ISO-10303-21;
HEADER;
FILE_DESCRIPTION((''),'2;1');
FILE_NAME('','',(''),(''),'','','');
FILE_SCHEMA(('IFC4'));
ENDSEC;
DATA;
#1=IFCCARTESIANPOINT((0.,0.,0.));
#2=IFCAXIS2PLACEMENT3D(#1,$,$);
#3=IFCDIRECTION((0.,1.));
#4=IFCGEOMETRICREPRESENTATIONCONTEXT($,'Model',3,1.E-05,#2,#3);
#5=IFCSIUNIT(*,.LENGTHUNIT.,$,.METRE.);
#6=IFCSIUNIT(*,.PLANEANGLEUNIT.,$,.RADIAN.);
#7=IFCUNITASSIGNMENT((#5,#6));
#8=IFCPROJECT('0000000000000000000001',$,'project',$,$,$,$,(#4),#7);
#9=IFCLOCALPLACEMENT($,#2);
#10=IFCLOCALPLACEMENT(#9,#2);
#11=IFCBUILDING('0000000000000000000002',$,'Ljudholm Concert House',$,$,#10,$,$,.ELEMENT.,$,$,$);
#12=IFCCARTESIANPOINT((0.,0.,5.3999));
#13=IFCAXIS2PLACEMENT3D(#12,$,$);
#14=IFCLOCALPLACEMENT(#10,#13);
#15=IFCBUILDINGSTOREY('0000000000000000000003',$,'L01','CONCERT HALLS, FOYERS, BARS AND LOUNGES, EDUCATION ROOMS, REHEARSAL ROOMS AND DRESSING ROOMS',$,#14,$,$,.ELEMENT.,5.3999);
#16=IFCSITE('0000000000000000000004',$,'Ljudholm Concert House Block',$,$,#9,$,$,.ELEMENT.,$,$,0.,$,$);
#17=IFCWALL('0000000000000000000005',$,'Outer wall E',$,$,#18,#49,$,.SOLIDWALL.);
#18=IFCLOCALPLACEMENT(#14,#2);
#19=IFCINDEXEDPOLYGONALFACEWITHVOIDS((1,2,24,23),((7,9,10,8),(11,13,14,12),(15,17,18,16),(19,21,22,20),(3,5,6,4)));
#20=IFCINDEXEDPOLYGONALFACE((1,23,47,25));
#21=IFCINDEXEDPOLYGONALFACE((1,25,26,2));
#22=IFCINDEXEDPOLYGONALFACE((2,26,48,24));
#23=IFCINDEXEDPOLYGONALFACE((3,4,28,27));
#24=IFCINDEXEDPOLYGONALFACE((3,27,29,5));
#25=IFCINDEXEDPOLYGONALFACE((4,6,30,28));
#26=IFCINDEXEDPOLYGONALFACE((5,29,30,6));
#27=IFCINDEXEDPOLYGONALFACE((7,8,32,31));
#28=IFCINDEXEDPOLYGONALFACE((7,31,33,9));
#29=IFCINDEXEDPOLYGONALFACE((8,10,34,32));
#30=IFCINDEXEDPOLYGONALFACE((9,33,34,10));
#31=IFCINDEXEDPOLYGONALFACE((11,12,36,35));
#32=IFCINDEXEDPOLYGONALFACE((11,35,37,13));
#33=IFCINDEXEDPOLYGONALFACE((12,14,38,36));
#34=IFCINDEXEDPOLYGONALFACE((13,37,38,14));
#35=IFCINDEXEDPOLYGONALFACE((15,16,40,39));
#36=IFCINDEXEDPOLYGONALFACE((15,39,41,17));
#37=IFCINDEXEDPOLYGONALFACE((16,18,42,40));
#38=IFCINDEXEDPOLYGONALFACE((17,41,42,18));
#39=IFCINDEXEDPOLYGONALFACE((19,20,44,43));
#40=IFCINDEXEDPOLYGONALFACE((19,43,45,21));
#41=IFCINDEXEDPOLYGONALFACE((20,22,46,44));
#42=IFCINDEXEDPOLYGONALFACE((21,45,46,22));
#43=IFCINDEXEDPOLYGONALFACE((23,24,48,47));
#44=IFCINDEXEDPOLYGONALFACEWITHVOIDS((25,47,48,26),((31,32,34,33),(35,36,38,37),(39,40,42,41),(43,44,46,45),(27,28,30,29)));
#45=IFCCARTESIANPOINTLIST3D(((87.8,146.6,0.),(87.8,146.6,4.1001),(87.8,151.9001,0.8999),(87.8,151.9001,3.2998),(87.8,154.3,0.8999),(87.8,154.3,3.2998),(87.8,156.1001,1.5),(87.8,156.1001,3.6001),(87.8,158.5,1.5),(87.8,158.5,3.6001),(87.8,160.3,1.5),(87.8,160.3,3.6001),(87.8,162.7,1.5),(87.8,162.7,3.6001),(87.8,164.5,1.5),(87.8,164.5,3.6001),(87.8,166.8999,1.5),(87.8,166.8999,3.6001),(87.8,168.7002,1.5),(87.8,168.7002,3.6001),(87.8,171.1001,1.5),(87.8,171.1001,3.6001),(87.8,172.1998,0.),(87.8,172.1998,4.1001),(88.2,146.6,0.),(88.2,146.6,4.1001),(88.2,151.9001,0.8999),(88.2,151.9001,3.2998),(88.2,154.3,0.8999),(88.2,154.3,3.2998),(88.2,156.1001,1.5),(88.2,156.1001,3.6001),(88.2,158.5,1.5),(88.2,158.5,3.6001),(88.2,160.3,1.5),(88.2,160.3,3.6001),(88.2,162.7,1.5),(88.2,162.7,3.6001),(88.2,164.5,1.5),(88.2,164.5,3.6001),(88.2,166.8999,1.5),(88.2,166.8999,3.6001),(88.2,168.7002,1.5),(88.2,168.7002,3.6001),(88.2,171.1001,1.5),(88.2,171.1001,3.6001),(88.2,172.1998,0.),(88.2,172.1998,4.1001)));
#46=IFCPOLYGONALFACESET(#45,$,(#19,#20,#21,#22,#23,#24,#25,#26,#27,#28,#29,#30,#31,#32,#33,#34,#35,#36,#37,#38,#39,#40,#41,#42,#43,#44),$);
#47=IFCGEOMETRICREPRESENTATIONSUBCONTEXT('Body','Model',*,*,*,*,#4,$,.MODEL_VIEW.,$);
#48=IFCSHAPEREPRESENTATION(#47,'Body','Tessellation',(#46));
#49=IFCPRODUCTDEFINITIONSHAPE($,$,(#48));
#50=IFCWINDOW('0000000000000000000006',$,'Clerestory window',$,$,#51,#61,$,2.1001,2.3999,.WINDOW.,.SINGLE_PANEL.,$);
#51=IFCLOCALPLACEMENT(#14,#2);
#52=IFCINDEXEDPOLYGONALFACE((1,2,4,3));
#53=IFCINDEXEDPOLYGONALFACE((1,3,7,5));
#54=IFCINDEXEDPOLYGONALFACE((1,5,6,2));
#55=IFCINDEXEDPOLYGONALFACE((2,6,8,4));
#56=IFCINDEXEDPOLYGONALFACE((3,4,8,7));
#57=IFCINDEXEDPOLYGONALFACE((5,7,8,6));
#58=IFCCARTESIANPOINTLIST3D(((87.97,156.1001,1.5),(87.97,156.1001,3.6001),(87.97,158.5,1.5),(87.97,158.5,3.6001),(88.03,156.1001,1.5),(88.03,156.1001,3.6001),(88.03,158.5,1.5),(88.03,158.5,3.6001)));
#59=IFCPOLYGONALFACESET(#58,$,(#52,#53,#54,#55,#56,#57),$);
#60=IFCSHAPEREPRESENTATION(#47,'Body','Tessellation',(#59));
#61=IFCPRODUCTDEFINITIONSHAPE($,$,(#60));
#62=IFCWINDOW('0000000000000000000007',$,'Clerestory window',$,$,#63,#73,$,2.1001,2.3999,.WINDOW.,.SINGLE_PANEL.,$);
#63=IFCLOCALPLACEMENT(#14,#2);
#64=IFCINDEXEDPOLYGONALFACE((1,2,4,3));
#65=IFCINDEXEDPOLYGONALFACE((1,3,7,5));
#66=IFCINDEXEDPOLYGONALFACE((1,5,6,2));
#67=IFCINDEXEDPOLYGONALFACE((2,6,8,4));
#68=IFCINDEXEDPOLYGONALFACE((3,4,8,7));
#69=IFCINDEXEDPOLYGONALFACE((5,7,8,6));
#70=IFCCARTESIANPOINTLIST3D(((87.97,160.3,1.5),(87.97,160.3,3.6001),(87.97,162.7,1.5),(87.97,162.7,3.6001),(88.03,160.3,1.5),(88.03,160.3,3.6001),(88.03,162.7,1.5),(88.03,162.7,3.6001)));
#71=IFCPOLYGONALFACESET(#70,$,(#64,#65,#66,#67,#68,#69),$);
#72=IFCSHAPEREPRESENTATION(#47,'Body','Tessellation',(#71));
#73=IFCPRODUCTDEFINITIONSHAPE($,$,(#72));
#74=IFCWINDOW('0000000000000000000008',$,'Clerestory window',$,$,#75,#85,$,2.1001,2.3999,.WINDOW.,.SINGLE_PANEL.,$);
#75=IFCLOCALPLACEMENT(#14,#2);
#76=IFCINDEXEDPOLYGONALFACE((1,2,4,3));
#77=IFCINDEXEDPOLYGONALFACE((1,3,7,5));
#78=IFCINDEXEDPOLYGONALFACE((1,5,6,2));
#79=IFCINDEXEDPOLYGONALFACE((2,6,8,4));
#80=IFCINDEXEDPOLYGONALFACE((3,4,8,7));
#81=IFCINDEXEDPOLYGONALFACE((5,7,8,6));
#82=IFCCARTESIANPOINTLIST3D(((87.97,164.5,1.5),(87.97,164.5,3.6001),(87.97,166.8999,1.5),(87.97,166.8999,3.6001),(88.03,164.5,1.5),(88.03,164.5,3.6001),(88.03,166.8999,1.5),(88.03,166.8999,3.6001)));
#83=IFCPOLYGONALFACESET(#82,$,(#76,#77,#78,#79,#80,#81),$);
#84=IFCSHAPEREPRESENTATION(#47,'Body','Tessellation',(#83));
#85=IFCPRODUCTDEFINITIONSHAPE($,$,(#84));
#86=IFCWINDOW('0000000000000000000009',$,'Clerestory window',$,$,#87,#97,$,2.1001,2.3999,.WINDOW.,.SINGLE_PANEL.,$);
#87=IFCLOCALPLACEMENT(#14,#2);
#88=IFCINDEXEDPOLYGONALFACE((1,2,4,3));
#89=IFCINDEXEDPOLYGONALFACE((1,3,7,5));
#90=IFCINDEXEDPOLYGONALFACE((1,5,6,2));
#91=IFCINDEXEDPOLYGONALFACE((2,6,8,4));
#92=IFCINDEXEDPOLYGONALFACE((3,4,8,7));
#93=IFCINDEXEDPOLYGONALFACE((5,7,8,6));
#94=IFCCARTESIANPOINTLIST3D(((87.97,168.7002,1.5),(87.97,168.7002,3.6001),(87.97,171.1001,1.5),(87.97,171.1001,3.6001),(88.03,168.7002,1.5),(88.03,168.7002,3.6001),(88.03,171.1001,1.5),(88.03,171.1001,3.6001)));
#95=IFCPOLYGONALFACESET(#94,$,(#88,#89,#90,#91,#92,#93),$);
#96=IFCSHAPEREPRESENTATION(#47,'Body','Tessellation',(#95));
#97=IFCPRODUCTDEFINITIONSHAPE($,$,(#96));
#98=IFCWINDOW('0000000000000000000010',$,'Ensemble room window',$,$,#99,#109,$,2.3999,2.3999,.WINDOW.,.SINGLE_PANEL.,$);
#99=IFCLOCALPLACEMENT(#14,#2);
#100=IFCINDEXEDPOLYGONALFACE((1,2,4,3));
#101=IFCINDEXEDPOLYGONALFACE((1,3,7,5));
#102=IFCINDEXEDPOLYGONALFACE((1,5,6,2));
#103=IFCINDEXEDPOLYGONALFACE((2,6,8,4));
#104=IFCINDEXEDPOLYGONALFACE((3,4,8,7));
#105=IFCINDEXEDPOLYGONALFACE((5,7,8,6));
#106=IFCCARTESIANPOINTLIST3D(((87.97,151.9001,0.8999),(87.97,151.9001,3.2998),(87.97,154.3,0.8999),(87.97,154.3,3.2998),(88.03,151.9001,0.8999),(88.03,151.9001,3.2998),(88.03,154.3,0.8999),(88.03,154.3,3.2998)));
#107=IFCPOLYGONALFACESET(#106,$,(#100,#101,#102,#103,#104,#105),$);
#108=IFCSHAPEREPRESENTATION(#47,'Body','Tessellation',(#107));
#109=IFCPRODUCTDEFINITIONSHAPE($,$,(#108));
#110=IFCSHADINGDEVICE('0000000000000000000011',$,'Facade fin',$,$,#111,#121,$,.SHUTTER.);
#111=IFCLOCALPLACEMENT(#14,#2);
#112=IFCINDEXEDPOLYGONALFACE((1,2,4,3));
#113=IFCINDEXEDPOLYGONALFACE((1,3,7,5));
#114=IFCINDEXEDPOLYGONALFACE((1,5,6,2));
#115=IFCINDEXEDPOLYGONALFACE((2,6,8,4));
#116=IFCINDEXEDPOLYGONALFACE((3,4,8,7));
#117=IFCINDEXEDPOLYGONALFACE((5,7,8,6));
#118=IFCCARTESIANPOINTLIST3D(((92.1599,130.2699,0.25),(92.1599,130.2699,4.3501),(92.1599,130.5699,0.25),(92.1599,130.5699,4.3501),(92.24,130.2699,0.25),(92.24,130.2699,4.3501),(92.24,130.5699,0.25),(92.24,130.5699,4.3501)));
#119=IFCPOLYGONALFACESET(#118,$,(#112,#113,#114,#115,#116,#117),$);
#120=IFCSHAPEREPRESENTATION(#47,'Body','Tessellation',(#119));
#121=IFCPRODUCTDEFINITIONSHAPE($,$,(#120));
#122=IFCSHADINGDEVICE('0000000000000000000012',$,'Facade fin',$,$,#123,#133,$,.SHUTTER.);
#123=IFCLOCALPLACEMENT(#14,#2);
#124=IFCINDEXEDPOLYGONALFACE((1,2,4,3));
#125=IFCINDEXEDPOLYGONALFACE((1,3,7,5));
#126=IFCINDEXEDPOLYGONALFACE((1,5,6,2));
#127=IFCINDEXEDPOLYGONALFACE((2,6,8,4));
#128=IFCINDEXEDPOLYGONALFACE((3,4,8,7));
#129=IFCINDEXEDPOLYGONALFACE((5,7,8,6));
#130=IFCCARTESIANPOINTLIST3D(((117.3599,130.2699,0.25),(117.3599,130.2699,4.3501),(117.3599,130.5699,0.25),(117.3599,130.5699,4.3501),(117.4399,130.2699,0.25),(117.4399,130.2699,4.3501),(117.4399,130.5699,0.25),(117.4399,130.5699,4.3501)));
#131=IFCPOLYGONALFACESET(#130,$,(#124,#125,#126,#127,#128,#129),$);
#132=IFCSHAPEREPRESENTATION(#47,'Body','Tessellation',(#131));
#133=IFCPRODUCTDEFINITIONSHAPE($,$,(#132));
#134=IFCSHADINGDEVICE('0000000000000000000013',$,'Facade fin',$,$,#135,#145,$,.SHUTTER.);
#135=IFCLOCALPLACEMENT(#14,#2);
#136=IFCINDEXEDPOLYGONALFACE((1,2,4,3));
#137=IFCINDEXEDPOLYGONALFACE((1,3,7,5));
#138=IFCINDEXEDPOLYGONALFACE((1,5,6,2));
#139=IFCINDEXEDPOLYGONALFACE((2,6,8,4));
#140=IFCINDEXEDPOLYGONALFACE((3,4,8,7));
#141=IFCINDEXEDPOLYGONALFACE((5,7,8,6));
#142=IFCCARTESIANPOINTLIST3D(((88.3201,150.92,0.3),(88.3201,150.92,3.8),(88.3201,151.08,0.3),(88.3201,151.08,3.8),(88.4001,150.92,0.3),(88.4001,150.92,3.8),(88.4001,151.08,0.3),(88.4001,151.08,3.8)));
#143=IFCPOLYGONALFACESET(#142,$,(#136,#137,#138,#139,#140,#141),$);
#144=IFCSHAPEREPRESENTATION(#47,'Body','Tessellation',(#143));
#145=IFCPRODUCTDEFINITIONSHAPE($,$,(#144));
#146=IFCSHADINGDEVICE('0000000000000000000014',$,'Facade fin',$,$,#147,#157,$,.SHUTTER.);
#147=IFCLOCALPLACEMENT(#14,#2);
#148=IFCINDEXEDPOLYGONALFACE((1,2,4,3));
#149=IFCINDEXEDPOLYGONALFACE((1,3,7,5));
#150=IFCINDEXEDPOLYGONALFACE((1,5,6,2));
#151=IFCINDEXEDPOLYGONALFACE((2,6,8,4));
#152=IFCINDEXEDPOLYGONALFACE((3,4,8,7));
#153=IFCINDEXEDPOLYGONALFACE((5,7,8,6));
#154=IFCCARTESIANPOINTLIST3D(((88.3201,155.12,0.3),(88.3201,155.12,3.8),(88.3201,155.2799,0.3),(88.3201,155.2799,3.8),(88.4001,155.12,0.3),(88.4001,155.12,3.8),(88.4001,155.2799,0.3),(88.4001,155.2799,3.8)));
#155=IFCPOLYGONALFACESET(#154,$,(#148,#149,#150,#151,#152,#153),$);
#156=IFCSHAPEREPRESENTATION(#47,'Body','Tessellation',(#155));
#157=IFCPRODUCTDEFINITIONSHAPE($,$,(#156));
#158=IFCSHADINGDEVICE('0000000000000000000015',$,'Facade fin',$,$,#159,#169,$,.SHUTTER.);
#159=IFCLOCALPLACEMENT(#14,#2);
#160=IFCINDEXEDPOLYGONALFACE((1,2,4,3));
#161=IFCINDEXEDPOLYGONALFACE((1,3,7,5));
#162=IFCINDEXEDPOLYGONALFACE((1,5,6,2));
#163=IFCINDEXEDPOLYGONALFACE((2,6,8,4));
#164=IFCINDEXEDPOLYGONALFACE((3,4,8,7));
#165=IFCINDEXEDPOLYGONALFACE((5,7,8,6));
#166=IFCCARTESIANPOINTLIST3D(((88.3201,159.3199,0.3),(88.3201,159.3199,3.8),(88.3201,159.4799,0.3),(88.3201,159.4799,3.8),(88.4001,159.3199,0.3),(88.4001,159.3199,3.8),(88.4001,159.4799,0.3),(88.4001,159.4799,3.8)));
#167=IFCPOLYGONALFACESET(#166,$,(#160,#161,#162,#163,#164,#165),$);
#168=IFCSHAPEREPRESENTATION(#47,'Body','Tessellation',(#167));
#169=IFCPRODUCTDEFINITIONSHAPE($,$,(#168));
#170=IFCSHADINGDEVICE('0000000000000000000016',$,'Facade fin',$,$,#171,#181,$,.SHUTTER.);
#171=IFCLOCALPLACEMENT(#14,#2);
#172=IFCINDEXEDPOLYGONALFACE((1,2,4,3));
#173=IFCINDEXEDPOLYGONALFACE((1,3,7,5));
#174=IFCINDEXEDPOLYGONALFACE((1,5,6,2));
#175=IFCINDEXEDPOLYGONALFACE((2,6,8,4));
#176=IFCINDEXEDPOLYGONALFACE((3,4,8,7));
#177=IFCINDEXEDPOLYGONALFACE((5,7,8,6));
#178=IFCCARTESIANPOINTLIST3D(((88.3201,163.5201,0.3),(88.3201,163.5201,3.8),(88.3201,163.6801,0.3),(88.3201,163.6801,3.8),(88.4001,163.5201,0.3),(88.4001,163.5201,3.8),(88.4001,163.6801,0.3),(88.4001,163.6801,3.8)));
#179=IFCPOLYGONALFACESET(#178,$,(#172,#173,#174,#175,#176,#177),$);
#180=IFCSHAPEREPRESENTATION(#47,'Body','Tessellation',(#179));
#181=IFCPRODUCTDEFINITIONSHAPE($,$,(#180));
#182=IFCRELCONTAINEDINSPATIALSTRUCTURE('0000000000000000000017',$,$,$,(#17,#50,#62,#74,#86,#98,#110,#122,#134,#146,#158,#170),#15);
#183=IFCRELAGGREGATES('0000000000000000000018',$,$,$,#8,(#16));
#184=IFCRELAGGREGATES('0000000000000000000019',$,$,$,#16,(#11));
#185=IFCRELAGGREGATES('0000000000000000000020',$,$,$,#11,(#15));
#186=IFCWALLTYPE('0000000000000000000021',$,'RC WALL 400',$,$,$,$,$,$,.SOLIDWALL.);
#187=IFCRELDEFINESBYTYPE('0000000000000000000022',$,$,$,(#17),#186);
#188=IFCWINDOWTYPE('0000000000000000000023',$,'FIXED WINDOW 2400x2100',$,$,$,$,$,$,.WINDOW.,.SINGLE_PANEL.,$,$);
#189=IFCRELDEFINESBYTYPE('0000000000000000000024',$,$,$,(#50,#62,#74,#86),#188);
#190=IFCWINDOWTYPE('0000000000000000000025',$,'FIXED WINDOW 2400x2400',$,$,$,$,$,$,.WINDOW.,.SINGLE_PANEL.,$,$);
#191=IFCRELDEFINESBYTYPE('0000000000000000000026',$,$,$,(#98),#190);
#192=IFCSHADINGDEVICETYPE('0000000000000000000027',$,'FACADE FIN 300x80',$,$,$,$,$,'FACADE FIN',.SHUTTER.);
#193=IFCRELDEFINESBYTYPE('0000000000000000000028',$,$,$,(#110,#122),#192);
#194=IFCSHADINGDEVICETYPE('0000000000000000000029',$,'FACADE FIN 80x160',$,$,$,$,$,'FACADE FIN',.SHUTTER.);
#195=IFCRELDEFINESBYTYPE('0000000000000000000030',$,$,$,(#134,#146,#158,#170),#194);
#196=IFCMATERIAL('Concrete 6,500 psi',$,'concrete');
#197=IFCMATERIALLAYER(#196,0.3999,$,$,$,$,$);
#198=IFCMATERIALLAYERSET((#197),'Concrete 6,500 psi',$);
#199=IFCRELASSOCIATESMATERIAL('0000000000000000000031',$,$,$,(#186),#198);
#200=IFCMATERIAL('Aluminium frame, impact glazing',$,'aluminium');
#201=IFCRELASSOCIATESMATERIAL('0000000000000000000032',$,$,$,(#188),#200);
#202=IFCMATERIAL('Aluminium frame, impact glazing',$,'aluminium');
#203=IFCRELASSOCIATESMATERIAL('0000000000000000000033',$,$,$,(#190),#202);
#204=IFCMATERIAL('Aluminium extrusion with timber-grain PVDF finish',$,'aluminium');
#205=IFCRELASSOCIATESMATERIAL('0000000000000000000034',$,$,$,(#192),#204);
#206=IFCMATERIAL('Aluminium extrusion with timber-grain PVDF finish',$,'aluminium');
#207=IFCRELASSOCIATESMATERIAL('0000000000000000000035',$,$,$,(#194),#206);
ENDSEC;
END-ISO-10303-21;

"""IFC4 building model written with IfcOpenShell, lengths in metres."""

from ifc_helpers import new_model, si_unit, direction, frame, frame_2d, origin, origin_2d, place, context, subcontext, project, spatial, rectangle, extrude, material, layer, layer_set, type_object, element, fill, save


model = new_model("IFC4")

# Units and contexts
model_context = context("Model", 3, precision=1e-05, world=origin(), true_north=direction((0.0, 1.0)))
body_context = subcontext(model_context, "Body", "Model", "MODEL_VIEW")
ifc_project = project(units=[si_unit("LENGTHUNIT", "METRE"), si_unit("PLANEANGLEUNIT", "RADIAN")], contexts=[model_context])

# Site, building, storey
site_placement = place(None, origin())
site = spatial("IfcSite", under=ifc_project, at=site_placement, Name="Ljudholm Concert House Block", CompositionType="ELEMENT", RefElevation=0.0)
building_placement = place(site_placement, origin())
building = spatial("IfcBuilding", under=site, at=building_placement, Name="Ljudholm Concert House", CompositionType="ELEMENT")
storey_placement = place(building_placement, frame((0.0, 0.0, 5.3999)))
storey = spatial("IfcBuildingStorey", under=building, at=storey_placement, Name="L01", Description="CONCERT HALLS, FOYERS, BARS AND LOUNGES, EDUCATION ROOMS, REHEARSAL ROOMS AND DRESSING ROOMS", CompositionType="ELEMENT", Elevation=5.3999)

# Wall, openings, windows
ifc_material_1 = material(Name="Concrete 6,500 psi", Category="concrete")
ifc_layer_1 = layer(ifc_material_1, 0.3999)
ifc_layer_set_1 = layer_set([ifc_layer_1], Name="Concrete 6,500 psi")
wall_type = type_object("IfcWallType", Name="RC WALL 400", PredefinedType="SOLIDWALL", material=ifc_layer_set_1)
wall_placement = place(storey_placement, frame((88.0, 146.6001, 0.0), z_axis=(0.0, 0.0, 1.0), x_axis=(0.0, 1.0, 0.0)))
wall = element("IfcWall", 1, at=wall_placement, inside=storey, type_object=wall_type, Name="Outer wall E", PredefinedType="SOLIDWALL", context=body_context, shape_type="SweptSolid", body=[
    extrude(rectangle(XDim=25.5999, YDim=0.3999, at=frame_2d((12.7998, 0.0))), origin(), (0.0, 0.0, 1.0), 4.1001),
])
opening_1_placement = place(wall_placement, frame((5.3, 0.0, 0.8999)))
opening_1 = element("IfcOpeningElement", 2, at=opening_1_placement, cuts=wall, PredefinedType="OPENING", context=body_context, shape_type="SweptSolid", body=[
    extrude(rectangle(XDim=2.3999, YDim=2.3999, at=frame_2d((1.2, 1.2))), frame((0.0, 0.21, 0.0), z_axis=(0.0, -1.0, 0.0), x_axis=(1.0, 0.0, 0.0)), (0.0, 0.0, 1.0), 0.4199),
])
opening_2_placement = place(wall_placement, frame((9.5, 0.0, 1.5)))
opening_2 = element("IfcOpeningElement", 3, at=opening_2_placement, cuts=wall, PredefinedType="OPENING", context=body_context, shape_type="SweptSolid", body=[
    extrude(rectangle(XDim=2.3999, YDim=2.1001, at=frame_2d((1.2, 1.05))), frame((0.0, 0.21, 0.0), z_axis=(0.0, -1.0, 0.0), x_axis=(1.0, 0.0, 0.0)), (0.0, 0.0, 1.0), 0.4199),
])
opening_3_placement = place(wall_placement, frame((13.7, 0.0, 1.5)))
opening_3 = element("IfcOpeningElement", 4, at=opening_3_placement, cuts=wall, PredefinedType="OPENING", context=body_context, shape_type="SweptSolid", body=[
    extrude(rectangle(XDim=2.3999, YDim=2.1001, at=frame_2d((1.2, 1.05))), frame((0.0, 0.21, 0.0), z_axis=(0.0, -1.0, 0.0), x_axis=(1.0, 0.0, 0.0)), (0.0, 0.0, 1.0), 0.4199),
])
opening_4_placement = place(wall_placement, frame((17.8999, 0.0, 1.5)))
opening_4 = element("IfcOpeningElement", 5, at=opening_4_placement, cuts=wall, PredefinedType="OPENING", context=body_context, shape_type="SweptSolid", body=[
    extrude(rectangle(XDim=2.3999, YDim=2.1001, at=frame_2d((1.2, 1.05))), frame((0.0, 0.21, 0.0), z_axis=(0.0, -1.0, 0.0), x_axis=(1.0, 0.0, 0.0)), (0.0, 0.0, 1.0), 0.4199),
])
opening_5_placement = place(wall_placement, frame((22.1001, 0.0, 1.5)))
opening_5 = element("IfcOpeningElement", 6, at=opening_5_placement, cuts=wall, PredefinedType="OPENING", context=body_context, shape_type="SweptSolid", body=[
    extrude(rectangle(XDim=2.3999, YDim=2.1001, at=frame_2d((1.2, 1.05))), frame((0.0, 0.21, 0.0), z_axis=(0.0, -1.0, 0.0), x_axis=(1.0, 0.0, 0.0)), (0.0, 0.0, 1.0), 0.4199),
])
ifc_material_2 = material(Name="Aluminium frame, impact glazing", Category="aluminium")
window_type_1 = type_object("IfcWindowType", Name="FIXED WINDOW 2400x2100", PartitioningType="SINGLE_PANEL", PredefinedType="WINDOW", material=ifc_material_2)
window_1_placement = place(opening_2_placement, origin())
window_1 = element("IfcWindow", 7, at=window_1_placement, inside=storey, type_object=window_type_1, Name="Clerestory window", OverallHeight=2.1001, OverallWidth=2.3999, PartitioningType="SINGLE_PANEL", PredefinedType="WINDOW", context=body_context, shape_type="SweptSolid", body=[
    extrude(rectangle(XDim=2.3999, YDim=2.1001, at=frame_2d((1.2, 1.05))), frame((0.0, 0.03, 0.0), z_axis=(0.0, -1.0, 0.0), x_axis=(1.0, 0.0, 0.0)), (0.0, 0.0, 1.0), 0.0601),
])
fill(opening_2, window_1)
window_2_placement = place(opening_3_placement, origin())
window_2 = element("IfcWindow", 8, at=window_2_placement, inside=storey, type_object=window_type_1, Name="Clerestory window", OverallHeight=2.1001, OverallWidth=2.3999, PartitioningType="SINGLE_PANEL", PredefinedType="WINDOW", context=body_context, shape_type="SweptSolid", body=[
    extrude(rectangle(XDim=2.3999, YDim=2.1001, at=frame_2d((1.2, 1.05))), frame((0.0, 0.03, 0.0), z_axis=(0.0, -1.0, 0.0), x_axis=(1.0, 0.0, 0.0)), (0.0, 0.0, 1.0), 0.0601),
])
fill(opening_3, window_2)
window_3_placement = place(opening_4_placement, origin())
window_3 = element("IfcWindow", 9, at=window_3_placement, inside=storey, type_object=window_type_1, Name="Clerestory window", OverallHeight=2.1001, OverallWidth=2.3999, PartitioningType="SINGLE_PANEL", PredefinedType="WINDOW", context=body_context, shape_type="SweptSolid", body=[
    extrude(rectangle(XDim=2.3999, YDim=2.1001, at=frame_2d((1.2, 1.05))), frame((0.0, 0.03, 0.0), z_axis=(0.0, -1.0, 0.0), x_axis=(1.0, 0.0, 0.0)), (0.0, 0.0, 1.0), 0.0601),
])
fill(opening_4, window_3)
window_4_placement = place(opening_5_placement, origin())
window_4 = element("IfcWindow", 10, at=window_4_placement, inside=storey, type_object=window_type_1, Name="Clerestory window", OverallHeight=2.1001, OverallWidth=2.3999, PartitioningType="SINGLE_PANEL", PredefinedType="WINDOW", context=body_context, shape_type="SweptSolid", body=[
    extrude(rectangle(XDim=2.3999, YDim=2.1001, at=frame_2d((1.2, 1.05))), frame((0.0, 0.03, 0.0), z_axis=(0.0, -1.0, 0.0), x_axis=(1.0, 0.0, 0.0)), (0.0, 0.0, 1.0), 0.0601),
])
fill(opening_5, window_4)
ifc_material_3 = material(Name="Aluminium frame, impact glazing", Category="aluminium")
window_type_2 = type_object("IfcWindowType", Name="FIXED WINDOW 2400x2400", PartitioningType="SINGLE_PANEL", PredefinedType="WINDOW", material=ifc_material_3)
window_5_placement = place(opening_1_placement, origin())
window_5 = element("IfcWindow", 11, at=window_5_placement, inside=storey, type_object=window_type_2, Name="Ensemble room window", OverallHeight=2.3999, OverallWidth=2.3999, PartitioningType="SINGLE_PANEL", PredefinedType="WINDOW", context=body_context, shape_type="SweptSolid", body=[
    extrude(rectangle(XDim=2.3999, YDim=2.3999, at=frame_2d((1.2, 1.2))), frame((0.0, 0.03, 0.0), z_axis=(0.0, -1.0, 0.0), x_axis=(1.0, 0.0, 0.0)), (0.0, 0.0, 1.0), 0.0601),
])
fill(opening_1, window_5)

# Shading devices
ifc_material_4 = material(Name="Aluminium extrusion with timber-grain PVDF finish", Category="aluminium")
shading_device_type_1 = type_object("IfcShadingDeviceType", Name="FACADE FIN 300x80", ElementType="FACADE FIN", PredefinedType="SHUTTER", material=ifc_material_4)
for number, where, z_axis, x_axis, name in (
    (12, (92.2, 130.4199, 0.25), (0.0, 0.0, 1.0), (0.0, 1.0, 0.0), "Facade fin"),
    (13, (117.3999, 130.4199, 0.25), (0.0, 0.0, 1.0), (0.0, 1.0, 0.0), "Facade fin"),
):
    element("IfcShadingDevice", number, at=place(storey_placement, frame(where, z_axis=z_axis, x_axis=x_axis)), inside=storey, type_object=shading_device_type_1, Name=name, PredefinedType="SHUTTER", context=body_context, shape_type="SweptSolid", body=[
        extrude(rectangle(XDim=0.3, YDim=0.0801, at=origin_2d()), origin(), (0.0, 0.0, 1.0), 4.1001),
    ])
ifc_material_5 = material(Name="Aluminium extrusion with timber-grain PVDF finish", Category="aluminium")
shading_device_type_2 = type_object("IfcShadingDeviceType", Name="FACADE FIN 80x160", ElementType="FACADE FIN", PredefinedType="SHUTTER", material=ifc_material_5)
for number, where, z_axis, x_axis, name in (
    (14, (88.3601, 151.0, 0.3), (0.0, 0.0, 1.0), (1.0, 0.0, 0.0), "Facade fin"),
    (15, (88.3601, 155.2, 0.3), (0.0, 0.0, 1.0), (1.0, 0.0, 0.0), "Facade fin"),
    (16, (88.3601, 159.3999, 0.3), (0.0, 0.0, 1.0), (1.0, 0.0, 0.0), "Facade fin"),
    (17, (88.3601, 163.6001, 0.3), (0.0, 0.0, 1.0), (1.0, 0.0, 0.0), "Facade fin"),
):
    element("IfcShadingDevice", number, at=place(storey_placement, frame(where, z_axis=z_axis, x_axis=x_axis)), inside=storey, type_object=shading_device_type_2, Name=name, PredefinedType="SHUTTER", context=body_context, shape_type="SweptSolid", body=[
        extrude(rectangle(XDim=0.0801, YDim=0.1599, at=origin_2d()), origin(), (0.0, 0.0, 1.0), 3.5),
    ])

save(model, "model.ifc")
